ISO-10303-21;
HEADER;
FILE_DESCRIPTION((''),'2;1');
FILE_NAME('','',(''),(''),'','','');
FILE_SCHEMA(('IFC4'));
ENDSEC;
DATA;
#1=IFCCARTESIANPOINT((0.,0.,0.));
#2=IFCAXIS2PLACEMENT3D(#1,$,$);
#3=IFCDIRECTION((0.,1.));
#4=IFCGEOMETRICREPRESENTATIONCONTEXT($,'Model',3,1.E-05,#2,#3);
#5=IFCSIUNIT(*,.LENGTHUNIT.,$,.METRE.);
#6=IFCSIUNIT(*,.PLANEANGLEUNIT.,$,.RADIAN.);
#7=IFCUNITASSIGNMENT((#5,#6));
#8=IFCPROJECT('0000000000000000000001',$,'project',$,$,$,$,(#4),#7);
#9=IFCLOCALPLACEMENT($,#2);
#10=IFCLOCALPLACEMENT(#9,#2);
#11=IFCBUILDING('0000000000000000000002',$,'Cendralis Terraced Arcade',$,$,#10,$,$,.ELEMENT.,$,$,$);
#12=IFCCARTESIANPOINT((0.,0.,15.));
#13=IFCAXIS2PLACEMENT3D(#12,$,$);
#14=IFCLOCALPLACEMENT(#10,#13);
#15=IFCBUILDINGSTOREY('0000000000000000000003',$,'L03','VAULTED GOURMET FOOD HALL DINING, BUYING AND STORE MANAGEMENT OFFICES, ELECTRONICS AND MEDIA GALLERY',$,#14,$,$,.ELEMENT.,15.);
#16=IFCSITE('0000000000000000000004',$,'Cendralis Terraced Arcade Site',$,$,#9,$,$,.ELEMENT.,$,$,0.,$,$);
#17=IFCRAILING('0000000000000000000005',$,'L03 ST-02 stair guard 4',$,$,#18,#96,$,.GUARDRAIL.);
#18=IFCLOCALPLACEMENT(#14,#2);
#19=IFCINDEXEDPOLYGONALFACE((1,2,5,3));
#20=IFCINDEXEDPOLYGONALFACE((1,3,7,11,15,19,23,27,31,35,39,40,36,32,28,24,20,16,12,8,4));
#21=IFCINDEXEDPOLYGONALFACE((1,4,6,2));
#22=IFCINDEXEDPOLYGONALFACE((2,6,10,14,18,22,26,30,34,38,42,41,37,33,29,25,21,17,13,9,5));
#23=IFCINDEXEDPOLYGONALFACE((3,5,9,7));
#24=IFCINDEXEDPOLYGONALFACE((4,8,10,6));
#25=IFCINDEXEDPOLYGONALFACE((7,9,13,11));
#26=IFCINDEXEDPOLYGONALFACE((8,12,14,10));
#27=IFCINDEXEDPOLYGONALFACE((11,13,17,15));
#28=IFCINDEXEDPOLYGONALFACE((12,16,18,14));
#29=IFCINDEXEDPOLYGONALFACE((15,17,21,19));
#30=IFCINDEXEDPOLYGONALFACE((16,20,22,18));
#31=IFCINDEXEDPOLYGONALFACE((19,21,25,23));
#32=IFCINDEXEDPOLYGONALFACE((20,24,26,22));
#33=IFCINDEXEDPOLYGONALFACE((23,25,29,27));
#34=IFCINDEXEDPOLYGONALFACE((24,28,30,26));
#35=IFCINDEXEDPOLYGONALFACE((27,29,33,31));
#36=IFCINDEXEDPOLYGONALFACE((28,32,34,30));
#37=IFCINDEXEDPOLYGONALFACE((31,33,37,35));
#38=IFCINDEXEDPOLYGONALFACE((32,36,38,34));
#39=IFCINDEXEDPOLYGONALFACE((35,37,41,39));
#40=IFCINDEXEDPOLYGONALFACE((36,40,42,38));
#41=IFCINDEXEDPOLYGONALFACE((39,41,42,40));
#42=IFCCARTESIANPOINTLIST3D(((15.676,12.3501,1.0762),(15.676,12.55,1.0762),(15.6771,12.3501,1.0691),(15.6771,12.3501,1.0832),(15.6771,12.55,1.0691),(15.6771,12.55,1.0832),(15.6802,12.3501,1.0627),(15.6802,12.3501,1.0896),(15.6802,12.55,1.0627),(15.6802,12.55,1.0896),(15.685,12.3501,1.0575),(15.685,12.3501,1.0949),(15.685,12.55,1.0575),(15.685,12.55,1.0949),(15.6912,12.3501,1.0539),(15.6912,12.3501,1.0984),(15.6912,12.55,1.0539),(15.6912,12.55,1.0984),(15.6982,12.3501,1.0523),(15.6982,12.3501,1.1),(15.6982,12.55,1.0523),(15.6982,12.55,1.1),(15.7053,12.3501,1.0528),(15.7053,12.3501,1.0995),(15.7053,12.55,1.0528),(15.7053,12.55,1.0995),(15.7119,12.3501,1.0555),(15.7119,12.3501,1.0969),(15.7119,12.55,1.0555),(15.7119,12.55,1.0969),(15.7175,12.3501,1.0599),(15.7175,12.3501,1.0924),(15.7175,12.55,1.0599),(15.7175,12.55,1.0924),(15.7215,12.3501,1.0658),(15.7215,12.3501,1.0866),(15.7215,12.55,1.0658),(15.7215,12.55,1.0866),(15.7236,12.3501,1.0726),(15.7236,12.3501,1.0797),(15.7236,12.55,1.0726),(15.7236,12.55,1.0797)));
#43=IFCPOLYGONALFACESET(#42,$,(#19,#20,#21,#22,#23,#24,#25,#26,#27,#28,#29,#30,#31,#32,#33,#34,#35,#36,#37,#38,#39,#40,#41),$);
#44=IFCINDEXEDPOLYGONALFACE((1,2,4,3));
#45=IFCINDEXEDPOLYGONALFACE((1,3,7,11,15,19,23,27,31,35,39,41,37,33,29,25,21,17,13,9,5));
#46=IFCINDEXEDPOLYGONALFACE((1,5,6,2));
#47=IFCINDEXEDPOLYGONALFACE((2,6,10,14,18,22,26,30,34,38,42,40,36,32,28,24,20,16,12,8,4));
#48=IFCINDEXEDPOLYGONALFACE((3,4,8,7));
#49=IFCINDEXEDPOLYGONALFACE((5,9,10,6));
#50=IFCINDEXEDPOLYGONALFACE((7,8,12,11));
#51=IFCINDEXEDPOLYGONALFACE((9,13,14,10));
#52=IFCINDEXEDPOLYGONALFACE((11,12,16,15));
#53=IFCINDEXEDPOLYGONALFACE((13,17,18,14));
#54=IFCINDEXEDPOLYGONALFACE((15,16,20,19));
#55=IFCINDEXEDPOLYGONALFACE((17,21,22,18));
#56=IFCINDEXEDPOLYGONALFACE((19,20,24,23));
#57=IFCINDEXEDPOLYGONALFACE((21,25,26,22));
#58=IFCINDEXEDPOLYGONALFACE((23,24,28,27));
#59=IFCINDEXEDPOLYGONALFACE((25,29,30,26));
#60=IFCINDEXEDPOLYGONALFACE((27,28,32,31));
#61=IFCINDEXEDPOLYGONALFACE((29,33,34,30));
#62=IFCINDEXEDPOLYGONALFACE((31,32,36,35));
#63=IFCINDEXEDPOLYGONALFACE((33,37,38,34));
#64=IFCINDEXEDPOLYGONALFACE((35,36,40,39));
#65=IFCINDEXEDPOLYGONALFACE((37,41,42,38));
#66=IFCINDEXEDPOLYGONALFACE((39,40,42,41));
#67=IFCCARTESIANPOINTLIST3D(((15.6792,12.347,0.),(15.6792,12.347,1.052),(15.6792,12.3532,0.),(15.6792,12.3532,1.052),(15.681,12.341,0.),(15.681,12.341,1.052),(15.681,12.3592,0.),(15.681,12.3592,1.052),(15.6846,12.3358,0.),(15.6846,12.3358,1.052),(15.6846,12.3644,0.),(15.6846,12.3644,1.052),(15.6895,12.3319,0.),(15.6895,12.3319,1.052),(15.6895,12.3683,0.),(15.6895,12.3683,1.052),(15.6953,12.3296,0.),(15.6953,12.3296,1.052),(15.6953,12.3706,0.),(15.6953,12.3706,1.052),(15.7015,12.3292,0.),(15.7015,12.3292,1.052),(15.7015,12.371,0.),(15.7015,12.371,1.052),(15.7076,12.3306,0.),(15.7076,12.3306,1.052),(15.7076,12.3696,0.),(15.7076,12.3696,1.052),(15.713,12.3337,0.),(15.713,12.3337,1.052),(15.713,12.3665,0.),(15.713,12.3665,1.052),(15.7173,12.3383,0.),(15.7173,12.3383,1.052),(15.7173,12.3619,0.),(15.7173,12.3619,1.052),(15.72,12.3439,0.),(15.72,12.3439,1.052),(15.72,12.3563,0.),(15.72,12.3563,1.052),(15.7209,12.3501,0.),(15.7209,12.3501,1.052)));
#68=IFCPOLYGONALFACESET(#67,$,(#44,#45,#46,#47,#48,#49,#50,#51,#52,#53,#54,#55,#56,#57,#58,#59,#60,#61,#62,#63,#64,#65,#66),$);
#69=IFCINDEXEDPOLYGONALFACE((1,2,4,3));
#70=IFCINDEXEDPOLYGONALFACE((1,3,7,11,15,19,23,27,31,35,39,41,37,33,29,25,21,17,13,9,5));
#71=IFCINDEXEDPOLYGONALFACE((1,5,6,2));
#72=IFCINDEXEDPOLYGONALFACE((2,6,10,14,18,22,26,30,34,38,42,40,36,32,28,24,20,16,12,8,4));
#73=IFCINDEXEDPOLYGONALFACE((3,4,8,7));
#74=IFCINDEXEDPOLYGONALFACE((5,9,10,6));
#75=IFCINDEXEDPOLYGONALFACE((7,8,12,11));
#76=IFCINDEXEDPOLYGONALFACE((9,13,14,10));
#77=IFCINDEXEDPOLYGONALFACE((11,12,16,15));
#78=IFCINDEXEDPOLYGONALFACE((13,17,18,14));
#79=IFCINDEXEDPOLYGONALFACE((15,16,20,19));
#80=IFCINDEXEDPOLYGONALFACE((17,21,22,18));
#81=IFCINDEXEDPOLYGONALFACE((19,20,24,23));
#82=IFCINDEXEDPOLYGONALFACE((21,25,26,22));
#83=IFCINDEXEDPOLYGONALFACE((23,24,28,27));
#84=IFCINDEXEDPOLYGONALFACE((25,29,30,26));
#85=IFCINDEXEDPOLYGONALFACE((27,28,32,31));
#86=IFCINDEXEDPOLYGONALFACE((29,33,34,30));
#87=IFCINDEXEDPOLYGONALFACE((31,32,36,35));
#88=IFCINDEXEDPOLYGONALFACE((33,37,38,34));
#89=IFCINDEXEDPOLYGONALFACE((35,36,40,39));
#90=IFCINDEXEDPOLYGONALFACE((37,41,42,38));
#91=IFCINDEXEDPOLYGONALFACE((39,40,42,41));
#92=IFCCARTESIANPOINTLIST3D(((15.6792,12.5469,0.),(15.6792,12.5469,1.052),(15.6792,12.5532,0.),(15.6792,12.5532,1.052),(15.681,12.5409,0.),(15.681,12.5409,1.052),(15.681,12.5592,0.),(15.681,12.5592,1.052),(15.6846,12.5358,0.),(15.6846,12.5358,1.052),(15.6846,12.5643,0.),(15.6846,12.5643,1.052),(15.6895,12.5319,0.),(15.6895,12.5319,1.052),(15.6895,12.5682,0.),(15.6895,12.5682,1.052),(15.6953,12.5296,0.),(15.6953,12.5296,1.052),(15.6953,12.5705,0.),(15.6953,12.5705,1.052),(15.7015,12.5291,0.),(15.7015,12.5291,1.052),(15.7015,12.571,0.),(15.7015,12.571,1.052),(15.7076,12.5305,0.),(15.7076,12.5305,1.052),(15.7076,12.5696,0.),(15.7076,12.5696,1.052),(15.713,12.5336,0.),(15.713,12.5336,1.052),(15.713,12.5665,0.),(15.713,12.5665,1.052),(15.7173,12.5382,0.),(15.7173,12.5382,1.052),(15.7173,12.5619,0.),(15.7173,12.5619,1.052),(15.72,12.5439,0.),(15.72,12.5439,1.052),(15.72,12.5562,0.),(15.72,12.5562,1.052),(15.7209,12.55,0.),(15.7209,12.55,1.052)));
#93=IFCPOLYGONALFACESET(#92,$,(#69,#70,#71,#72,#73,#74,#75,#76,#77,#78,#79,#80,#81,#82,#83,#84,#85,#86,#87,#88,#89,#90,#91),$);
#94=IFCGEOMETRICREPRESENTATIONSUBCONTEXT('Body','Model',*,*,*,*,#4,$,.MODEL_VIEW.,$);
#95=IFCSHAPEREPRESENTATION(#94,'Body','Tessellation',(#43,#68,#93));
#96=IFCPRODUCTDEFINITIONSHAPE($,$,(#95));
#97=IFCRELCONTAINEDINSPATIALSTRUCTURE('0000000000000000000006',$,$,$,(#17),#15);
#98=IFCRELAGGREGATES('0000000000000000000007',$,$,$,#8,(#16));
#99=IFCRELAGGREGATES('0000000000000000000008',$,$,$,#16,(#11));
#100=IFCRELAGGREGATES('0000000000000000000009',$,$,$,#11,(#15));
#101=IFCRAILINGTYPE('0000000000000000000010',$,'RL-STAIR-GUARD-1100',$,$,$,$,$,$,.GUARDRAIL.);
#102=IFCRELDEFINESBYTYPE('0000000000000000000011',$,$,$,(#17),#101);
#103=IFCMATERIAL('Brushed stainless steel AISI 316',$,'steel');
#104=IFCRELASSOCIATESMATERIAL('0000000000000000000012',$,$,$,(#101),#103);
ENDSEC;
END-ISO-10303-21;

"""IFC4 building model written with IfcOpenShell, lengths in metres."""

from ifc_helpers import new_model, si_unit, direction, frame, origin, origin_2d, place, context, subcontext, project, spatial, circle, extrude, material, type_object, element, save


model = new_model("IFC4")

# Units and contexts
model_context = context("Model", 3, precision=1e-05, world=origin(), true_north=direction((0.0, 1.0)))
body_context = subcontext(model_context, "Body", "Model", "MODEL_VIEW")
ifc_project = project(units=[si_unit("LENGTHUNIT", "METRE"), si_unit("PLANEANGLEUNIT", "RADIAN")], contexts=[model_context])

# Site, building, storey
site_placement = place(None, origin())
site = spatial("IfcSite", under=ifc_project, at=site_placement, Name="Cendralis Terraced Arcade Site", CompositionType="ELEMENT", RefElevation=0.0)
building_placement = place(site_placement, origin())
building = spatial("IfcBuilding", under=site, at=building_placement, Name="Cendralis Terraced Arcade", CompositionType="ELEMENT")
storey_placement = place(building_placement, frame((0.0, 0.0, 15.0)))
storey = spatial("IfcBuildingStorey", under=building, at=storey_placement, Name="L03", Description="VAULTED GOURMET FOOD HALL DINING, BUYING AND STORE MANAGEMENT OFFICES, ELECTRONICS AND MEDIA GALLERY", CompositionType="ELEMENT", Elevation=15.0)

# Railing
ifc_material_1 = material(Name="Brushed stainless steel AISI 316", Category="steel")
railing_type_1 = type_object("IfcRailingType", Name="RL-STAIR-GUARD-1100", PredefinedType="GUARDRAIL", material=ifc_material_1)
railing_1_placement = place(storey_placement, frame((15.7, 12.3501, 0.0)))
element("IfcRailing", 1, at=railing_1_placement, inside=storey, type_object=railing_type_1, Name="L03 ST-02 stair guard 4", PredefinedType="GUARDRAIL", context=body_context, shape_type="SweptSolid", body=[
    extrude(circle(Radius=0.0239, at=origin_2d()), frame((0.0, 0.0, 1.0762), z_axis=(0.0, 1.0, 0.0), x_axis=(-1.0, 0.0, 0.0)), (0.0, 0.0, 1.0), 0.2),
    extrude(circle(Radius=0.021, at=origin_2d()), origin(), (0.0, 0.0, 1.0), 1.052),
    extrude(circle(Radius=0.021, at=origin_2d()), frame((0.0, 0.2, 0.0)), (0.0, 0.0, 1.0), 1.052),
])

save(model, "model.ifc")
